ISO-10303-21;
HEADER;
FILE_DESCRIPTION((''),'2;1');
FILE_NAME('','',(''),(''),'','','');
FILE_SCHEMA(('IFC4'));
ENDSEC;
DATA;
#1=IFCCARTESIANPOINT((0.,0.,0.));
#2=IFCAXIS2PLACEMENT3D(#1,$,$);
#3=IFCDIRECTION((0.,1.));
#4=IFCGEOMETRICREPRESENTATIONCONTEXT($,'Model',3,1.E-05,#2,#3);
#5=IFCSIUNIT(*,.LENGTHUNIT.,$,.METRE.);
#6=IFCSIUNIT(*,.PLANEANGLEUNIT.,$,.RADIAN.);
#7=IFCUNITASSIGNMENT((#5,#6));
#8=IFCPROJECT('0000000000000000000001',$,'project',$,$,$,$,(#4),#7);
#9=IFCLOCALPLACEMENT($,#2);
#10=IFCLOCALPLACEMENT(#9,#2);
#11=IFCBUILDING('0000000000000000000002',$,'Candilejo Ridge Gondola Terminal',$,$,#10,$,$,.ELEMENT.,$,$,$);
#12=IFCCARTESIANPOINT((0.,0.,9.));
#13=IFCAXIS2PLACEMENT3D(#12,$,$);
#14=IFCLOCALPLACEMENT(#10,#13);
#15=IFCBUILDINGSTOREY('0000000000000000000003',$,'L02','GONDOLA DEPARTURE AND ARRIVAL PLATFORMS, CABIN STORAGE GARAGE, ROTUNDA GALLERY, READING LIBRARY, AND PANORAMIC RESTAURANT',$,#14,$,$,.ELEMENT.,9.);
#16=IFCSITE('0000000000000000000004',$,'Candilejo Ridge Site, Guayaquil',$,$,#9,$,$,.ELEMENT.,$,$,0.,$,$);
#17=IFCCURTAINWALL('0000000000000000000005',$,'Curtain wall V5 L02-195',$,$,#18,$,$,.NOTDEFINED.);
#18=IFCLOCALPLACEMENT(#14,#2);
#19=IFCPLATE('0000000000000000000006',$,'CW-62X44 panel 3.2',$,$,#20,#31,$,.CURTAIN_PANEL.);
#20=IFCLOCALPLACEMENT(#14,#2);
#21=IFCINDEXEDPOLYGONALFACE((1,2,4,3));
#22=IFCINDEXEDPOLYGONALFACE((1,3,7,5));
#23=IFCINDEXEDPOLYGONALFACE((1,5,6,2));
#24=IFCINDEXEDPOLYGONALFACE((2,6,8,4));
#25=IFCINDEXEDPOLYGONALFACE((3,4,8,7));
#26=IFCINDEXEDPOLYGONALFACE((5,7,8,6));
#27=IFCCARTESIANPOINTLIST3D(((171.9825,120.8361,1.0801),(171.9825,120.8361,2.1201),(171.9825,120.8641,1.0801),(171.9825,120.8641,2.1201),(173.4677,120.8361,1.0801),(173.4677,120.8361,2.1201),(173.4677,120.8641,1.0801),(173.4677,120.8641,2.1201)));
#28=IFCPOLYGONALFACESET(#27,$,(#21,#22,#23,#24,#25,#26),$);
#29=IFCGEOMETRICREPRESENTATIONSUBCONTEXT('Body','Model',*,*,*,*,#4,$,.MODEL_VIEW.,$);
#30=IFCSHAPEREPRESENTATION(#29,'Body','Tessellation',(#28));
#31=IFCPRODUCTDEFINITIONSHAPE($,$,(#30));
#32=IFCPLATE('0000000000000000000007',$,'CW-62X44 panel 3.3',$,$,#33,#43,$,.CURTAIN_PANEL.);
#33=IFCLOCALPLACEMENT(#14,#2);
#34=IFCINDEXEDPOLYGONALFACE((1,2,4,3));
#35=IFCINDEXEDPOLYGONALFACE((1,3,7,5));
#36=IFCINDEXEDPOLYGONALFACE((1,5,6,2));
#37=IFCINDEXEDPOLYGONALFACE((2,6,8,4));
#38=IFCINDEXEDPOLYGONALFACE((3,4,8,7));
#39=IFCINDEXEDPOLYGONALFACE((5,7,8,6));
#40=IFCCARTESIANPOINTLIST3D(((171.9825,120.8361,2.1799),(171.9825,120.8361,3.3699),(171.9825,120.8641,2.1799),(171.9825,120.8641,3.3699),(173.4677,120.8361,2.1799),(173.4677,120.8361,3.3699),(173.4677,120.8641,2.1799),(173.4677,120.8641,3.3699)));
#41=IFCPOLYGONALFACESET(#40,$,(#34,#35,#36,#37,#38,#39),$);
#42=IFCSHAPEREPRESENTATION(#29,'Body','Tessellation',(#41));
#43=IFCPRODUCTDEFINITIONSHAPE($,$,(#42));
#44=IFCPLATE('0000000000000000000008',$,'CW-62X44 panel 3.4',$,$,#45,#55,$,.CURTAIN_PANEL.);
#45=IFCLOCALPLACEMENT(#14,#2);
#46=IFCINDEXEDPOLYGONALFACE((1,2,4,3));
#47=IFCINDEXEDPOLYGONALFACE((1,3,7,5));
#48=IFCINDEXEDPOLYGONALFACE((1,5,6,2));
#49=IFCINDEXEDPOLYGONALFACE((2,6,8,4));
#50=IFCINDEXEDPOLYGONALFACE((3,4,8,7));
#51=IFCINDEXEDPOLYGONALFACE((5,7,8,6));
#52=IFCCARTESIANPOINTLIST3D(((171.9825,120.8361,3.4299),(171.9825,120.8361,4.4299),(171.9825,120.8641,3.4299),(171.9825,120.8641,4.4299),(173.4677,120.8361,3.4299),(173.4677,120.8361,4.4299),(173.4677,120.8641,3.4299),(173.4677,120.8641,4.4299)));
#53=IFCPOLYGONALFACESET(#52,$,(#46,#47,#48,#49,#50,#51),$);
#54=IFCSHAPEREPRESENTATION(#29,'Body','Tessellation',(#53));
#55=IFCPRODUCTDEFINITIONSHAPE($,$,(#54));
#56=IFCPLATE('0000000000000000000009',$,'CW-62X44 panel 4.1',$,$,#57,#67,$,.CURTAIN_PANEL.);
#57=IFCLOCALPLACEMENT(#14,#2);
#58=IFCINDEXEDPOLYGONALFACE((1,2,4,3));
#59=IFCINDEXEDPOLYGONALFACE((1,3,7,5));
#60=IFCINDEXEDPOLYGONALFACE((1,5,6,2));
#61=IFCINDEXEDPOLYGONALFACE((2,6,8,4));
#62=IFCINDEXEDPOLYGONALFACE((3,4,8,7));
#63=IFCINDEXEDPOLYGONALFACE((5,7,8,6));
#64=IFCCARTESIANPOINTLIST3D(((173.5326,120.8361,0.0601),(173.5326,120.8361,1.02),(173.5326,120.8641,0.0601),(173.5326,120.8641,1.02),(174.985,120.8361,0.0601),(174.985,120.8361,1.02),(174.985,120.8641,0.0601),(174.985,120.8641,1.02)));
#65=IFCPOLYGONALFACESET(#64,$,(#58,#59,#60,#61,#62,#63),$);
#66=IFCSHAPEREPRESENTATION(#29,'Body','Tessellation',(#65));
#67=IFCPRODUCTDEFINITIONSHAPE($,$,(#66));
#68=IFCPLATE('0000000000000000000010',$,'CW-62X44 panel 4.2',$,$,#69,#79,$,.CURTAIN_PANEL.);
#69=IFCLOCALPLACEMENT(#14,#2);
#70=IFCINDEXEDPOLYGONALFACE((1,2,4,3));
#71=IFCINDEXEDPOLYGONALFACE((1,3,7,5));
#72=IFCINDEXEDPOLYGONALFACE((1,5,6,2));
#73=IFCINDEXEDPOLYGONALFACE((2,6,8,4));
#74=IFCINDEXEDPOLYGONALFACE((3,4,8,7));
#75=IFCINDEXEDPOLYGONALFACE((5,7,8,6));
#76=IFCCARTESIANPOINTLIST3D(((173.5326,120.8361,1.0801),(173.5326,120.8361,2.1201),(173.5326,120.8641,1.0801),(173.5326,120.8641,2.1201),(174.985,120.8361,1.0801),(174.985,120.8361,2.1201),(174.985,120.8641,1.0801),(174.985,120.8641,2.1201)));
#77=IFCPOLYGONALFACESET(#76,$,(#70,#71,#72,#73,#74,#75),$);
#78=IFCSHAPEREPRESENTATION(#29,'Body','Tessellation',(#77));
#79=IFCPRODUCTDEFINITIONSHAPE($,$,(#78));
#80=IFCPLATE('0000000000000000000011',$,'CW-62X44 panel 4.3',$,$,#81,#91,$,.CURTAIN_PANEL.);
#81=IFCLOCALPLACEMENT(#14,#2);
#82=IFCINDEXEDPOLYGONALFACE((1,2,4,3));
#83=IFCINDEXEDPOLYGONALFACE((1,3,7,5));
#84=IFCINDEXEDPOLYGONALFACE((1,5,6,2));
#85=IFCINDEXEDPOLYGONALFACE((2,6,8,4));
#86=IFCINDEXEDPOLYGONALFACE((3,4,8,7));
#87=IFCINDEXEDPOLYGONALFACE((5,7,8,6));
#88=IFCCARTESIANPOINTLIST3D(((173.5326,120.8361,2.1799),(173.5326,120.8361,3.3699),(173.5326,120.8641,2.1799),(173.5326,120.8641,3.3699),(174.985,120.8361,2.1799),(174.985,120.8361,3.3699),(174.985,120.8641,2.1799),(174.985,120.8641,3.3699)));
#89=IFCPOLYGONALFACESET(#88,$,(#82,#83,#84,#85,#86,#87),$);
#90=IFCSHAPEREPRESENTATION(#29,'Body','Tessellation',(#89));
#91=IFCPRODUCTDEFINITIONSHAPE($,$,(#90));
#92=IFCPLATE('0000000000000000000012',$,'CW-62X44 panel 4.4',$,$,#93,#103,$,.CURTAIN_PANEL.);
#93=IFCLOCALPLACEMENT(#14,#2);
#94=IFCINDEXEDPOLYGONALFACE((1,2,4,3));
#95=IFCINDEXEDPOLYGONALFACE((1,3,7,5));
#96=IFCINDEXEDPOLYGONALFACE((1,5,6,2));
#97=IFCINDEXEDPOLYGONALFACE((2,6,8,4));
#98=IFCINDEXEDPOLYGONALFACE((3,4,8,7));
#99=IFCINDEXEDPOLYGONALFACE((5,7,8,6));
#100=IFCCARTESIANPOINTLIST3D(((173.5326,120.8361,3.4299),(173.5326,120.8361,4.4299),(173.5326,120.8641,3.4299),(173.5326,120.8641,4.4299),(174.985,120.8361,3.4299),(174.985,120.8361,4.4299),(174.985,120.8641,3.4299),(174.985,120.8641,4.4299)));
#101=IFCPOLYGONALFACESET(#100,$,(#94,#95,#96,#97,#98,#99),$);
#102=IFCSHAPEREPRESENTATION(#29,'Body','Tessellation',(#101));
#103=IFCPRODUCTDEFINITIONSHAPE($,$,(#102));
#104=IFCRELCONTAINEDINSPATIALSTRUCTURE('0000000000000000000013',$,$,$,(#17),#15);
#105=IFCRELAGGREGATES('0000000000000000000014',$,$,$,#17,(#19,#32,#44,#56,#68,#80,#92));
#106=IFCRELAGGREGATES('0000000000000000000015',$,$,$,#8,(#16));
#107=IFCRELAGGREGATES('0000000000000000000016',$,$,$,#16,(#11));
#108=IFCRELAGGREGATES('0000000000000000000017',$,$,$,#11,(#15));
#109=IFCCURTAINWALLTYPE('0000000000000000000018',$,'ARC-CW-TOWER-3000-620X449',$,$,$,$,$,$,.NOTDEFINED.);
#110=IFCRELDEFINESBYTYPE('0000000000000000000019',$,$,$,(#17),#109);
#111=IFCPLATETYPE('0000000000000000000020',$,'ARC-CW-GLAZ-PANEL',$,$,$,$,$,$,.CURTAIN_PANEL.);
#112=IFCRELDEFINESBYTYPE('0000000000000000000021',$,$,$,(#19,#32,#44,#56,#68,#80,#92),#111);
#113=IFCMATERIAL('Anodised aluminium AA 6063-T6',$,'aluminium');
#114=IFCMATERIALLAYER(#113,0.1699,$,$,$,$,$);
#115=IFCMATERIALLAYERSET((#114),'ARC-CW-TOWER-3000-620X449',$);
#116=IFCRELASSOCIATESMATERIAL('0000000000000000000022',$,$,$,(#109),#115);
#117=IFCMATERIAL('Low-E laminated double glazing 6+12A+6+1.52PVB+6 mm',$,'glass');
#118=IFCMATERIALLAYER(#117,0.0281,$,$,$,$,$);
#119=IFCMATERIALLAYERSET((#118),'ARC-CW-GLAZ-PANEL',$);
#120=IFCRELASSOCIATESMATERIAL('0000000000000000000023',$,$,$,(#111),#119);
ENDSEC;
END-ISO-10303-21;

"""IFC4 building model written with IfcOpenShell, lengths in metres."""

from ifc_helpers import new_model, si_unit, direction, frame, origin, origin_2d, place, context, subcontext, project, spatial, rectangle, extrude, material, layer, layer_set, type_object, element, aggregate, save


model = new_model("IFC4")

# Units and contexts
model_context = context("Model", 3, precision=1e-05, world=origin(), true_north=direction((0.0, 1.0)))
body_context = subcontext(model_context, "Body", "Model", "MODEL_VIEW")
ifc_project = project(units=[si_unit("LENGTHUNIT", "METRE"), si_unit("PLANEANGLEUNIT", "RADIAN")], contexts=[model_context])

# Site, building, storey
site_placement = place(None, origin())
site = spatial("IfcSite", under=ifc_project, at=site_placement, Name="Candilejo Ridge Site, Guayaquil", CompositionType="ELEMENT", RefElevation=0.0)
building_placement = place(site_placement, origin())
building = spatial("IfcBuilding", under=site, at=building_placement, Name="Candilejo Ridge Gondola Terminal", CompositionType="ELEMENT")
storey_placement = place(building_placement, frame((0.0, 0.0, 9.0)))
storey = spatial("IfcBuildingStorey", under=building, at=storey_placement, Name="L02", Description="GONDOLA DEPARTURE AND ARRIVAL PLATFORMS, CABIN STORAGE GARAGE, ROTUNDA GALLERY, READING LIBRARY, AND PANORAMIC RESTAURANT", CompositionType="ELEMENT", Elevation=9.0)

# Curtain wall
ifc_material_1 = material(Name="Anodised aluminium AA 6063-T6", Category="aluminium")
ifc_layer_1 = layer(ifc_material_1, 0.1699)
ifc_layer_set_1 = layer_set([ifc_layer_1], Name="ARC-CW-TOWER-3000-620X449")
curtain_wall_type_1 = type_object("IfcCurtainWallType", Name="ARC-CW-TOWER-3000-620X449", PredefinedType="NOTDEFINED", material=ifc_layer_set_1)
curtain_wall_1_placement = place(storey_placement, origin())
curtain_wall_1 = element("IfcCurtainWall", 1, at=curtain_wall_1_placement, inside=storey, type_object=curtain_wall_type_1, Name="Curtain wall V5 L02-195", PredefinedType="NOTDEFINED")

# Plates
ifc_material_2 = material(Name="Low-E laminated double glazing 6+12A+6+1.52PVB+6 mm", Category="glass")
ifc_layer_2 = layer(ifc_material_2, 0.0281)
ifc_layer_set_2 = layer_set([ifc_layer_2], Name="ARC-CW-GLAZ-PANEL")
plate_type = type_object("IfcPlateType", Name="ARC-CW-GLAZ-PANEL", PredefinedType="CURTAIN_PANEL", material=ifc_layer_set_2)
plate_1_placement = place(storey_placement, frame((172.7251, 120.8501, 1.0801), z_axis=(0.0, 0.0, 1.0), x_axis=(1.0, 0.0, 0.0)))
plate_1 = element("IfcPlate", 2, at=plate_1_placement, type_object=plate_type, Name="CW-62X44 panel 3.2", PredefinedType="CURTAIN_PANEL", context=body_context, shape_type="SweptSolid", body=[
    extrude(rectangle(XDim=1.4851, YDim=0.0281, at=origin_2d()), origin(), (0.0, 0.0, 1.0), 1.04),
])
plate_2_placement = place(storey_placement, frame((172.7251, 120.8501, 2.1799), z_axis=(0.0, 0.0, 1.0), x_axis=(1.0, 0.0, 0.0)))
plate_2 = element("IfcPlate", 3, at=plate_2_placement, type_object=plate_type, Name="CW-62X44 panel 3.3", PredefinedType="CURTAIN_PANEL", context=body_context, shape_type="SweptSolid", body=[
    extrude(rectangle(XDim=1.4851, YDim=0.0281, at=origin_2d()), origin(), (0.0, 0.0, 1.0), 1.1899),
])
plate_3_placement = place(storey_placement, frame((172.7251, 120.8501, 3.4299), z_axis=(0.0, 0.0, 1.0), x_axis=(1.0, 0.0, 0.0)))
plate_3 = element("IfcPlate", 4, at=plate_3_placement, type_object=plate_type, Name="CW-62X44 panel 3.4", PredefinedType="CURTAIN_PANEL", context=body_context, shape_type="SweptSolid", body=[
    extrude(rectangle(XDim=1.4851, YDim=0.0281, at=origin_2d()), origin(), (0.0, 0.0, 1.0), 1.0),
])
plate_4_placement = place(storey_placement, frame((174.2588, 120.8501, 0.0601), z_axis=(0.0, 0.0, 1.0), x_axis=(1.0, 0.0, 0.0)))
plate_4 = element("IfcPlate", 5, at=plate_4_placement, type_object=plate_type, Name="CW-62X44 panel 4.1", PredefinedType="CURTAIN_PANEL", context=body_context, shape_type="SweptSolid", body=[
    extrude(rectangle(XDim=1.4524, YDim=0.0281, at=origin_2d()), origin(), (0.0, 0.0, 1.0), 0.96),
])
plate_5_placement = place(storey_placement, frame((174.2588, 120.8501, 1.0801), z_axis=(0.0, 0.0, 1.0), x_axis=(1.0, 0.0, 0.0)))
plate_5 = element("IfcPlate", 6, at=plate_5_placement, type_object=plate_type, Name="CW-62X44 panel 4.2", PredefinedType="CURTAIN_PANEL", context=body_context, shape_type="SweptSolid", body=[
    extrude(rectangle(XDim=1.4524, YDim=0.0281, at=origin_2d()), origin(), (0.0, 0.0, 1.0), 1.04),
])
plate_6_placement = place(storey_placement, frame((174.2588, 120.8501, 2.1799), z_axis=(0.0, 0.0, 1.0), x_axis=(1.0, 0.0, 0.0)))
plate_6 = element("IfcPlate", 7, at=plate_6_placement, type_object=plate_type, Name="CW-62X44 panel 4.3", PredefinedType="CURTAIN_PANEL", context=body_context, shape_type="SweptSolid", body=[
    extrude(rectangle(XDim=1.4524, YDim=0.0281, at=origin_2d()), origin(), (0.0, 0.0, 1.0), 1.1899),
])
plate_7_placement = place(storey_placement, frame((174.2588, 120.8501, 3.4299), z_axis=(0.0, 0.0, 1.0), x_axis=(1.0, 0.0, 0.0)))
plate_7 = element("IfcPlate", 8, at=plate_7_placement, type_object=plate_type, Name="CW-62X44 panel 4.4", PredefinedType="CURTAIN_PANEL", context=body_context, shape_type="SweptSolid", body=[
    extrude(rectangle(XDim=1.4524, YDim=0.0281, at=origin_2d()), origin(), (0.0, 0.0, 1.0), 1.0),
])
aggregate(curtain_wall_1, [plate_1, plate_2, plate_3, plate_4, plate_5, plate_6, plate_7])

save(model, "model.ifc")
